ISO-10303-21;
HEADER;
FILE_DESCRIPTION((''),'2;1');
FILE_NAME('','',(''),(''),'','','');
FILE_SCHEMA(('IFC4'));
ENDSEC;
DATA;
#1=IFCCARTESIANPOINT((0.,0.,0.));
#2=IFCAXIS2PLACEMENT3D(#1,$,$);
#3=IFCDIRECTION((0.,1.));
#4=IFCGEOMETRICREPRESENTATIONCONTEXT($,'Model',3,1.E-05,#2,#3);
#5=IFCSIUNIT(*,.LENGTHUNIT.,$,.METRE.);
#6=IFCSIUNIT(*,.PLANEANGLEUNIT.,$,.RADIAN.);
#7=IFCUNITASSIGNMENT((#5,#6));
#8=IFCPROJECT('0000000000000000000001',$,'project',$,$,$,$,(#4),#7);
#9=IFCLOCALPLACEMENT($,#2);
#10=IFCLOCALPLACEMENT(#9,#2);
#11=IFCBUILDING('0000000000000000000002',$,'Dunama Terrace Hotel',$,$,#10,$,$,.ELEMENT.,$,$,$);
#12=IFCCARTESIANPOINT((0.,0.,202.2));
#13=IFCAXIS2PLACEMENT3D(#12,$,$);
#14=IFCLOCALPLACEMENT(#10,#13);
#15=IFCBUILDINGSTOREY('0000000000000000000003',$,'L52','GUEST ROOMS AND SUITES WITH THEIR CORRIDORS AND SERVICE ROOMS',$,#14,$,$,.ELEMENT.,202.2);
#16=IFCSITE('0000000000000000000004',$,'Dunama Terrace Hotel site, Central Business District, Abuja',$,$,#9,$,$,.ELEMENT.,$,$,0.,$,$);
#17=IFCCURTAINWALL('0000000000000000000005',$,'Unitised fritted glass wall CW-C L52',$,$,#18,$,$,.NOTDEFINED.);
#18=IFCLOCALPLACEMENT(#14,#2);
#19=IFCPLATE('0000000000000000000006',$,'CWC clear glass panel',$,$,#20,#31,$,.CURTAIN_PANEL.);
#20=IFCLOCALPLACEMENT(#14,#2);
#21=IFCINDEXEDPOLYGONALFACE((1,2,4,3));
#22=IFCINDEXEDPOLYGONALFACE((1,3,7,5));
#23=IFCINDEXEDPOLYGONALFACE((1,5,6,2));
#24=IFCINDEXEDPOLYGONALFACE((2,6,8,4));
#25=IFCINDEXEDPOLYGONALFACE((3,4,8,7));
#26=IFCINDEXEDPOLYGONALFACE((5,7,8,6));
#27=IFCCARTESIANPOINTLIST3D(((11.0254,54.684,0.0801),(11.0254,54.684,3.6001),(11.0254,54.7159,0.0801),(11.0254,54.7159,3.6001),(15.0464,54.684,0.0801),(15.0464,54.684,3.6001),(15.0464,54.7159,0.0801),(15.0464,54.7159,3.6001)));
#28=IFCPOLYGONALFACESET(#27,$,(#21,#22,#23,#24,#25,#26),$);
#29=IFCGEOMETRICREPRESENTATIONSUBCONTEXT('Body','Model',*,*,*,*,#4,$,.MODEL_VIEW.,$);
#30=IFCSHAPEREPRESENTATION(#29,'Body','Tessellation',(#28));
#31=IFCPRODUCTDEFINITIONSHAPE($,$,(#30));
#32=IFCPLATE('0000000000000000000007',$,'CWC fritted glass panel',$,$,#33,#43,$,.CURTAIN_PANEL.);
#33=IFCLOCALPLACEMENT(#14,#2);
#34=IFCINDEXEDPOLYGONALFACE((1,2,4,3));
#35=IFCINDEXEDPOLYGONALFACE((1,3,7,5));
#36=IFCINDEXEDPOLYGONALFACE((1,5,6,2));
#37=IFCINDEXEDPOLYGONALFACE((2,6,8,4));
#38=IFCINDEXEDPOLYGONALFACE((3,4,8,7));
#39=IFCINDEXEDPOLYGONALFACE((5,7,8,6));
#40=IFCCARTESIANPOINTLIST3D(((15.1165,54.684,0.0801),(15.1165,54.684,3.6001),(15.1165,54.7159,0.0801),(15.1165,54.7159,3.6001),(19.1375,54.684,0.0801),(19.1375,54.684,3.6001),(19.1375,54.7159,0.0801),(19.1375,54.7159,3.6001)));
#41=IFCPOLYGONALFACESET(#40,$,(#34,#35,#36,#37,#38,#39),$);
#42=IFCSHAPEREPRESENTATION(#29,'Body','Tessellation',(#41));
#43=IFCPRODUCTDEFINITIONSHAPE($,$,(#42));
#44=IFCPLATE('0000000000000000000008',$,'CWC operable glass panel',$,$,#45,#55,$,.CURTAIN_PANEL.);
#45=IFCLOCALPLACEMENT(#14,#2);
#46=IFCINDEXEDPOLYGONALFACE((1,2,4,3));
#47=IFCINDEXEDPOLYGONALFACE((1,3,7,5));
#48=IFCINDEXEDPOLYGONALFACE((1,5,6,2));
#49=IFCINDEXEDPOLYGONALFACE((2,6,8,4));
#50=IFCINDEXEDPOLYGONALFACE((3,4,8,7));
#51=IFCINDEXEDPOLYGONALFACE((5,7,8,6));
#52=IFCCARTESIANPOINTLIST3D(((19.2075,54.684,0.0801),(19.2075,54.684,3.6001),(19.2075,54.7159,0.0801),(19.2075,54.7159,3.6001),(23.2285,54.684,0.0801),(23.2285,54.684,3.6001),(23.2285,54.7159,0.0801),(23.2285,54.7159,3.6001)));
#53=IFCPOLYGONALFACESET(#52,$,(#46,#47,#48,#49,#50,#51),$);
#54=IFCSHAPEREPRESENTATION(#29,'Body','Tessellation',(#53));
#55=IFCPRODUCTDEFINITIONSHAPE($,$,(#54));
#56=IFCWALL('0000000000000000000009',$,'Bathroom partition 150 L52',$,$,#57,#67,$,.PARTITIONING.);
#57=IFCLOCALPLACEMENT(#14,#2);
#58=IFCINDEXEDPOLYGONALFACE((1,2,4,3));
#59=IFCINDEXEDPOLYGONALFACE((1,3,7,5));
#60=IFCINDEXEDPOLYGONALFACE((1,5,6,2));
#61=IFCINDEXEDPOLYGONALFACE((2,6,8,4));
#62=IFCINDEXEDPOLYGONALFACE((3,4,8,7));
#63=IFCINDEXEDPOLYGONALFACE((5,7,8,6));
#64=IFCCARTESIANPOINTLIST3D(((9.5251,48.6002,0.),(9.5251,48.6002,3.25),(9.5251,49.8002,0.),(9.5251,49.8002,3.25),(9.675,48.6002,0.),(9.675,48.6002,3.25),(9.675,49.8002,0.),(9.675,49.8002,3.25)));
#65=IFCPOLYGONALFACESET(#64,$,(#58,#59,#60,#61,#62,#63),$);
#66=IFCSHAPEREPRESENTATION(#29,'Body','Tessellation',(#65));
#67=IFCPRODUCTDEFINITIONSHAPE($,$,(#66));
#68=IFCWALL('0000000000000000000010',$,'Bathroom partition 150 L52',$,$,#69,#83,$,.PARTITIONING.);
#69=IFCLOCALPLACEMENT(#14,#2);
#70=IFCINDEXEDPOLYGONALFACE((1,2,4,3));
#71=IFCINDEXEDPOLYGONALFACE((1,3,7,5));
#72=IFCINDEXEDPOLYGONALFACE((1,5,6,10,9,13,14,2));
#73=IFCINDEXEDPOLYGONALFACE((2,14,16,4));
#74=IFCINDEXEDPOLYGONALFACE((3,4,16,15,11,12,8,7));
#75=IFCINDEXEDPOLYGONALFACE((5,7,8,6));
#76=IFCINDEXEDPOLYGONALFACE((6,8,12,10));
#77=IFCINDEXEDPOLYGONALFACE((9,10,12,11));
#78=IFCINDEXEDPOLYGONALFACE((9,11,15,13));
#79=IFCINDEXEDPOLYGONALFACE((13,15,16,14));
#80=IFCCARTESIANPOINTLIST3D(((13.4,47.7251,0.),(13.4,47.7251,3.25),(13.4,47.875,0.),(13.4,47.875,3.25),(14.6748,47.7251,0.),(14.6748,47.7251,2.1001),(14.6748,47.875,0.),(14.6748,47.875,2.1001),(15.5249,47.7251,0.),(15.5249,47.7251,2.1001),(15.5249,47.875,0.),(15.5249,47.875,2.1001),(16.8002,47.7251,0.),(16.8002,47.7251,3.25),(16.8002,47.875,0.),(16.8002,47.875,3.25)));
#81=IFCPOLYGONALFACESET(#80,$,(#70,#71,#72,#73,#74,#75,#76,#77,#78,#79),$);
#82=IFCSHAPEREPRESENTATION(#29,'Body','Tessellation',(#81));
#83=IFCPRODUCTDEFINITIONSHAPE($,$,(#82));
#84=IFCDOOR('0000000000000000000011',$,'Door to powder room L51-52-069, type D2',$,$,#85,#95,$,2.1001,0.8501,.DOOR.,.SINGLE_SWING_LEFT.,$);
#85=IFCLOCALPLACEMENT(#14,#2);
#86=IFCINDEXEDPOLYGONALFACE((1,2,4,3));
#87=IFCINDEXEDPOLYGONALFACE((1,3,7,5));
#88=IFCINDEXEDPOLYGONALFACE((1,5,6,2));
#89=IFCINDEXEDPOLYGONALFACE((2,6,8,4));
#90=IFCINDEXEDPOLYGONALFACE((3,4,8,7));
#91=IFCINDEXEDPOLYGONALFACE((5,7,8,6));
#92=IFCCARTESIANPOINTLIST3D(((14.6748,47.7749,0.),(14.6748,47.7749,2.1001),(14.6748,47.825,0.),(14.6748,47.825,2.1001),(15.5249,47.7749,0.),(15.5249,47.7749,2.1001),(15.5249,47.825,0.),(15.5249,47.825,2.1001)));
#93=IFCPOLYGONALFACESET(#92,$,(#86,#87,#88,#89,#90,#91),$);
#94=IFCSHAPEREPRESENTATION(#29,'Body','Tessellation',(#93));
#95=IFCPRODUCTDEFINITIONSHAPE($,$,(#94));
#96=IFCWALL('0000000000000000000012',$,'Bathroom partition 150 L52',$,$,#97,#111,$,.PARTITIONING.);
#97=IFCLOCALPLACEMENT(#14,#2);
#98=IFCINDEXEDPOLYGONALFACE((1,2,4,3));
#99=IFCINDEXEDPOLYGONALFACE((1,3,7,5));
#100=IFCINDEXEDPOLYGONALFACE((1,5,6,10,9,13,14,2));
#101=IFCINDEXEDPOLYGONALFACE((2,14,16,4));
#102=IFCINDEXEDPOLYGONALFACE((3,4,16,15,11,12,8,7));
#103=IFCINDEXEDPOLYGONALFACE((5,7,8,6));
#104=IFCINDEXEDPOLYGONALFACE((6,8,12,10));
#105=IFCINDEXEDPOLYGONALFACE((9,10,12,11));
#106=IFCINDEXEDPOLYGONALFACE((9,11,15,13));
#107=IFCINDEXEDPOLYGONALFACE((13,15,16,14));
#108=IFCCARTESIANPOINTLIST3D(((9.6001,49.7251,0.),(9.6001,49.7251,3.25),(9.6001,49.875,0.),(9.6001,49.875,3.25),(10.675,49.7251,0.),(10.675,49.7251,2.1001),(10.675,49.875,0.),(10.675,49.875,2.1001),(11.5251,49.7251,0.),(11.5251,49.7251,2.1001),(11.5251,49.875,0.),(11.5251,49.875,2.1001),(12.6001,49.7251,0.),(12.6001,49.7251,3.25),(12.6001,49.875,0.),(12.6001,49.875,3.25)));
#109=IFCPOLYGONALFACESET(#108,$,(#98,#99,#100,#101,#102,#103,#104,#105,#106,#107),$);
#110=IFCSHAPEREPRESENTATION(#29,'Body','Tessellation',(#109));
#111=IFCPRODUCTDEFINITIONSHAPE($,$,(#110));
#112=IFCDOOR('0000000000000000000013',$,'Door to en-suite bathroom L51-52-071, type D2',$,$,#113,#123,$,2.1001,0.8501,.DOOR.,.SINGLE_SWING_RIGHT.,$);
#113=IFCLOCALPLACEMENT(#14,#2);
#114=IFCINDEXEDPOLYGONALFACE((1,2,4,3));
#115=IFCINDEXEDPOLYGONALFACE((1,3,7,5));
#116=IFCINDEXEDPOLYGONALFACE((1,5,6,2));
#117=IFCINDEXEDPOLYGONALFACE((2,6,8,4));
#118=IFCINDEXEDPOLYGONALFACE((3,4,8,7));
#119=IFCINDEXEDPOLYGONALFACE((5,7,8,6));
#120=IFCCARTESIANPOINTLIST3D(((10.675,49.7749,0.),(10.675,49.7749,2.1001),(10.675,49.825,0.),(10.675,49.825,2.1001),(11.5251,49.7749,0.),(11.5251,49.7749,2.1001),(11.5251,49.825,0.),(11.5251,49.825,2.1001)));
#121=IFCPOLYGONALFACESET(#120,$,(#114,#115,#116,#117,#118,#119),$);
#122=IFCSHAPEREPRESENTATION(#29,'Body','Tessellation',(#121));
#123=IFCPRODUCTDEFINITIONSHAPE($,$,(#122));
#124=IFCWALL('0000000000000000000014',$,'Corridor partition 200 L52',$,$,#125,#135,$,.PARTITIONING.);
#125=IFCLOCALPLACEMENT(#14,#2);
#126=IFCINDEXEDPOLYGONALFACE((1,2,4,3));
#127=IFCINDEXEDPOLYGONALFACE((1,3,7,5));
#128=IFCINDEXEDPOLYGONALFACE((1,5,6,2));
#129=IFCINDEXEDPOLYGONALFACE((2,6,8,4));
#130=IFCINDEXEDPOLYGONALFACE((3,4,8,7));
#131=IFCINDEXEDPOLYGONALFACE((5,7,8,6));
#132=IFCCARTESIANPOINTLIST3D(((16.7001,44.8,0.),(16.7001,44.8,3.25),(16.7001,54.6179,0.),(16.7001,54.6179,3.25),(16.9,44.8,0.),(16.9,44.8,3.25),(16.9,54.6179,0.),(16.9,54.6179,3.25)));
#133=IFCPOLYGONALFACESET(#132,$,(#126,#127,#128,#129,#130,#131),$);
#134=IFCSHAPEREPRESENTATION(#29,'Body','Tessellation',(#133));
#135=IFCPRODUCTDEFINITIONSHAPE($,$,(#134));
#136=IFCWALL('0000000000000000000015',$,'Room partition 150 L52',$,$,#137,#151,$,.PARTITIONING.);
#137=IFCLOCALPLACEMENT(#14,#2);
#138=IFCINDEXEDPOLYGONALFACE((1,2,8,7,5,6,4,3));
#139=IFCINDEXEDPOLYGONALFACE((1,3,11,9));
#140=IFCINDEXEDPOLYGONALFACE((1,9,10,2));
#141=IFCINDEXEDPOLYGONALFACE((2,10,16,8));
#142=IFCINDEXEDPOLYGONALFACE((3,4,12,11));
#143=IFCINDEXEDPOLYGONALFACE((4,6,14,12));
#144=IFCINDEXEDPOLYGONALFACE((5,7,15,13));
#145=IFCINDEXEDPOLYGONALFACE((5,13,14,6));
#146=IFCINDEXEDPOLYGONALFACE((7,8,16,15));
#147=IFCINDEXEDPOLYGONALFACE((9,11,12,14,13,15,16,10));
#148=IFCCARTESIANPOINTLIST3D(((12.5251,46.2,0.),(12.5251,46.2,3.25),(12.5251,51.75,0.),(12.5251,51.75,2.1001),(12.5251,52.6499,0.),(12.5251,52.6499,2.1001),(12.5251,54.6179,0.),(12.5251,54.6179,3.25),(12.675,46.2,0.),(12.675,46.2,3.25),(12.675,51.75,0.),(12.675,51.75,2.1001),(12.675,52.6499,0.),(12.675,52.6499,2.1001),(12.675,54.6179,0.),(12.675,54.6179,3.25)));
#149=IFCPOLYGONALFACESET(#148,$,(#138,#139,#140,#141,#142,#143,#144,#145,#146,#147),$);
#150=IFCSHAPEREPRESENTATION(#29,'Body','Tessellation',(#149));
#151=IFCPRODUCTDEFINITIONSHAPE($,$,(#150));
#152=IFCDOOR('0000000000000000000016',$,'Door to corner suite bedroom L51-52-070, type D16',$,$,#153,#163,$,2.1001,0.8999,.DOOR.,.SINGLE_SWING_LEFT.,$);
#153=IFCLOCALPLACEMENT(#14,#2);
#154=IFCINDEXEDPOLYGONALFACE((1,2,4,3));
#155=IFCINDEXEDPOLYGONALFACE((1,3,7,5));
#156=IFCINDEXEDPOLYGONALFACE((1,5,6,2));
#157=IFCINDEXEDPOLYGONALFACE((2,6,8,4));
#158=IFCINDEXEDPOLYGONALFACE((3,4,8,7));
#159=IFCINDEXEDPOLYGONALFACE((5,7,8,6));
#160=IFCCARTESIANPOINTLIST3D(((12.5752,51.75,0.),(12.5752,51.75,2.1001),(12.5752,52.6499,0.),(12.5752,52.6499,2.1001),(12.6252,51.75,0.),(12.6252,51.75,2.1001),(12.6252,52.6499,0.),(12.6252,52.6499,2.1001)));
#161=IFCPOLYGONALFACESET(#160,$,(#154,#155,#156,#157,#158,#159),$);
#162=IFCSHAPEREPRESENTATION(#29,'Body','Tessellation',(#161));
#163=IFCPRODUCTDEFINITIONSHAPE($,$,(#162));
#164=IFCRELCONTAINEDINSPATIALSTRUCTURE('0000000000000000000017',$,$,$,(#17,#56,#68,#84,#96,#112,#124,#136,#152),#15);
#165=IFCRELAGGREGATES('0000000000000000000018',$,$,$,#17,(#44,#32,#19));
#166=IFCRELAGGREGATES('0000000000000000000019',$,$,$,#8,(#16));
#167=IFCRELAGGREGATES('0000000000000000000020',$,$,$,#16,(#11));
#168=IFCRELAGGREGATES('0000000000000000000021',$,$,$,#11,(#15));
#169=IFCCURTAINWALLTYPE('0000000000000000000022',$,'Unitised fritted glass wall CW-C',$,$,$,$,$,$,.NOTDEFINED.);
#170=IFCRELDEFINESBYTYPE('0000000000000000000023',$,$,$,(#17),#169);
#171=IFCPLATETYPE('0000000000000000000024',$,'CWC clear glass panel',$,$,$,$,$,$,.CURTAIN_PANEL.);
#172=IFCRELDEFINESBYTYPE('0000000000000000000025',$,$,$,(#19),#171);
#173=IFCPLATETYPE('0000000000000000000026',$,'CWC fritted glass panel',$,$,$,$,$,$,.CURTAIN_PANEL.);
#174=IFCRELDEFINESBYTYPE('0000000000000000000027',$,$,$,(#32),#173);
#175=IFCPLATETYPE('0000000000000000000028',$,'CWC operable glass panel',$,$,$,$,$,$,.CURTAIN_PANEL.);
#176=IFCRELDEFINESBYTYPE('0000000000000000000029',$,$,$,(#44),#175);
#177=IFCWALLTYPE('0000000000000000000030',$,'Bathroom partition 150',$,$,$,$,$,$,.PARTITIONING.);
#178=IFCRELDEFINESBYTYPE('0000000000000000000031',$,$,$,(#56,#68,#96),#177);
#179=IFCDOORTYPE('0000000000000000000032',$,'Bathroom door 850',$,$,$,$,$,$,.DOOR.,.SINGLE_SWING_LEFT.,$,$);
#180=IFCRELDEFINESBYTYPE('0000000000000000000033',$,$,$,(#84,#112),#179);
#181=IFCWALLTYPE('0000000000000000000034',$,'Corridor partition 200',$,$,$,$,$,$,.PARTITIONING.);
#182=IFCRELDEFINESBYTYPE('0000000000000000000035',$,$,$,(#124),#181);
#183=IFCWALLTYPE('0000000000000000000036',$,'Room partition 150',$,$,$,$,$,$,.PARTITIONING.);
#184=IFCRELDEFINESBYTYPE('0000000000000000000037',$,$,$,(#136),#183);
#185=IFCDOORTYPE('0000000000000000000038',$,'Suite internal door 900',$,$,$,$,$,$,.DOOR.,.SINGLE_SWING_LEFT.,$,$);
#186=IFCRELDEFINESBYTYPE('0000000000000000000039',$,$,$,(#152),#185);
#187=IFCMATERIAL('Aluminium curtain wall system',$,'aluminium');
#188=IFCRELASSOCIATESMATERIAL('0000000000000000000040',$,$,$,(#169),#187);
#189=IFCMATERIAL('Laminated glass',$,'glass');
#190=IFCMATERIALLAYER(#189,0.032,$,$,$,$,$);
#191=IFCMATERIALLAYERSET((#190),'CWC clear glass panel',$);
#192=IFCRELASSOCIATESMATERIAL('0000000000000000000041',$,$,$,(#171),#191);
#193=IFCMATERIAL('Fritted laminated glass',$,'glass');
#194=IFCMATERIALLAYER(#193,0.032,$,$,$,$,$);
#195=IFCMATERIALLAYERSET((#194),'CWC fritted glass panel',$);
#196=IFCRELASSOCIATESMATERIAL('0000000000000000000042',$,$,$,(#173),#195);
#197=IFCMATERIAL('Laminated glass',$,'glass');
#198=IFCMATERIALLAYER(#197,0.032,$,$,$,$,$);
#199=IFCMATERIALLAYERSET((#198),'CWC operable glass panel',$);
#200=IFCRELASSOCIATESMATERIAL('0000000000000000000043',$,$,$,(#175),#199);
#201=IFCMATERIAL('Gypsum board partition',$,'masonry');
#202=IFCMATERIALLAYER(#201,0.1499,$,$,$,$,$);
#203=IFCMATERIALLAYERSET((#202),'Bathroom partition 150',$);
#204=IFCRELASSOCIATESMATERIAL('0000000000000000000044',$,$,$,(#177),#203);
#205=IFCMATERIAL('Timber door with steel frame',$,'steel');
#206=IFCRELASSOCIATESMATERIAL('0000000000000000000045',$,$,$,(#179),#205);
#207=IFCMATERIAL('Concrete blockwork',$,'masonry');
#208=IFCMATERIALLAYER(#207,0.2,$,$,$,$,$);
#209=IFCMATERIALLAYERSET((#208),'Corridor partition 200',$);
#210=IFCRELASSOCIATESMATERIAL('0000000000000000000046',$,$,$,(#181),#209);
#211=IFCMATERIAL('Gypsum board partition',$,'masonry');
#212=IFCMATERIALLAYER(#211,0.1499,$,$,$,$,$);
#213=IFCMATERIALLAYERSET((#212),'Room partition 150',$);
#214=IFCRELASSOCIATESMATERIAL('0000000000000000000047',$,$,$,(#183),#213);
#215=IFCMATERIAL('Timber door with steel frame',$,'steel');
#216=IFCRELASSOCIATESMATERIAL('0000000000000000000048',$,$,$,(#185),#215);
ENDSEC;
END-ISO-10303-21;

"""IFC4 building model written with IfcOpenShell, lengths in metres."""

from ifc_helpers import new_model, si_unit, direction, frame, frame_2d, origin, origin_2d, place, context, subcontext, project, spatial, rectangle, extrude, material, layer, layer_set, type_object, element, fill, aggregate, save


model = new_model("IFC4")

# Units and contexts
model_context = context("Model", 3, precision=1e-05, world=origin(), true_north=direction((0.0, 1.0)))
body_context = subcontext(model_context, "Body", "Model", "MODEL_VIEW")
ifc_project = project(units=[si_unit("LENGTHUNIT", "METRE"), si_unit("PLANEANGLEUNIT", "RADIAN")], contexts=[model_context])

# Site, building, storey
site_placement = place(None, origin())
site = spatial("IfcSite", under=ifc_project, at=site_placement, Name="Dunama Terrace Hotel site, Central Business District, Abuja", CompositionType="ELEMENT", RefElevation=0.0)
building_placement = place(site_placement, origin())
building = spatial("IfcBuilding", under=site, at=building_placement, Name="Dunama Terrace Hotel", CompositionType="ELEMENT")
storey_placement = place(building_placement, frame((0.0, 0.0, 202.2)))
storey = spatial("IfcBuildingStorey", under=building, at=storey_placement, Name="L52", Description="GUEST ROOMS AND SUITES WITH THEIR CORRIDORS AND SERVICE ROOMS", CompositionType="ELEMENT", Elevation=202.2)

# Curtain wall
ifc_material_1 = material(Name="Aluminium curtain wall system", Category="aluminium")
curtain_wall_type = type_object("IfcCurtainWallType", Name="Unitised fritted glass wall CW-C", PredefinedType="NOTDEFINED", material=ifc_material_1)
curtain_wall_placement = place(storey_placement, origin())
curtain_wall = element("IfcCurtainWall", 1, at=curtain_wall_placement, inside=storey, type_object=curtain_wall_type, Name="Unitised fritted glass wall CW-C L52", PredefinedType="NOTDEFINED")

# Plates
ifc_material_2 = material(Name="Laminated glass", Category="glass")
ifc_layer_1 = layer(ifc_material_2, 0.032)
ifc_layer_set_1 = layer_set([ifc_layer_1], Name="CWC clear glass panel")
plate_type_1 = type_object("IfcPlateType", Name="CWC clear glass panel", PredefinedType="CURTAIN_PANEL", material=ifc_layer_set_1)
plate_1_placement = place(storey_placement, frame((13.0359, 54.7, 0.0801), z_axis=(0.0, 0.0, 1.0), x_axis=(-1.0, 0.0, 0.0)))
plate_1 = element("IfcPlate", 2, at=plate_1_placement, type_object=plate_type_1, Name="CWC clear glass panel", PredefinedType="CURTAIN_PANEL", context=body_context, shape_type="SweptSolid", body=[
    extrude(rectangle(XDim=4.021, YDim=0.032, at=origin_2d()), origin(), (0.0, 0.0, 1.0), 3.52),
])
ifc_material_3 = material(Name="Fritted laminated glass", Category="glass")
ifc_layer_2 = layer(ifc_material_3, 0.032)
ifc_layer_set_2 = layer_set([ifc_layer_2], Name="CWC fritted glass panel")
plate_type_2 = type_object("IfcPlateType", Name="CWC fritted glass panel", PredefinedType="CURTAIN_PANEL", material=ifc_layer_set_2)
plate_2_placement = place(storey_placement, frame((17.127, 54.7, 0.0801), z_axis=(0.0, 0.0, 1.0), x_axis=(-1.0, 0.0, 0.0)))
plate_2 = element("IfcPlate", 3, at=plate_2_placement, type_object=plate_type_2, Name="CWC fritted glass panel", PredefinedType="CURTAIN_PANEL", context=body_context, shape_type="SweptSolid", body=[
    extrude(rectangle(XDim=4.021, YDim=0.032, at=origin_2d()), origin(), (0.0, 0.0, 1.0), 3.52),
])
ifc_material_4 = material(Name="Laminated glass", Category="glass")
ifc_layer_3 = layer(ifc_material_4, 0.032)
ifc_layer_set_3 = layer_set([ifc_layer_3], Name="CWC operable glass panel")
plate_type_3 = type_object("IfcPlateType", Name="CWC operable glass panel", PredefinedType="CURTAIN_PANEL", material=ifc_layer_set_3)
plate_3_placement = place(storey_placement, frame((21.218, 54.7, 0.0801), z_axis=(0.0, 0.0, 1.0), x_axis=(-1.0, 0.0, 0.0)))
plate_3 = element("IfcPlate", 4, at=plate_3_placement, type_object=plate_type_3, Name="CWC operable glass panel", PredefinedType="CURTAIN_PANEL", context=body_context, shape_type="SweptSolid", body=[
    extrude(rectangle(XDim=4.021, YDim=0.032, at=origin_2d()), origin(), (0.0, 0.0, 1.0), 3.52),
])
aggregate(curtain_wall, [plate_3, plate_2, plate_1])

# Wall
ifc_material_5 = material(Name="Gypsum board partition", Category="masonry")
ifc_layer_4 = layer(ifc_material_5, 0.1499)
ifc_layer_set_4 = layer_set([ifc_layer_4], Name="Bathroom partition 150")
wall_type_1 = type_object("IfcWallType", Name="Bathroom partition 150", PredefinedType="PARTITIONING", material=ifc_layer_set_4)
wall_1_placement = place(storey_placement, frame((9.6001, 48.6001, 0.0), z_axis=(0.0, 0.0, 1.0), x_axis=(0.0, 1.0, 0.0)))
element("IfcWall", 5, at=wall_1_placement, inside=storey, type_object=wall_type_1, Name="Bathroom partition 150 L52", PredefinedType="PARTITIONING", context=body_context, shape_type="SweptSolid", body=[
    extrude(rectangle(XDim=1.2, YDim=0.1499, at=frame_2d((0.6001, 0.0))), origin(), (0.0, 0.0, 1.0), 3.25),
])

# Walls, openings, doors
wall_2_placement = place(storey_placement, frame((13.3999, 47.8, 0.0), z_axis=(0.0, 0.0, 1.0), x_axis=(1.0, 0.0, 0.0)))
wall_2 = element("IfcWall", 6, at=wall_2_placement, inside=storey, type_object=wall_type_1, Name="Bathroom partition 150 L52", PredefinedType="PARTITIONING", context=body_context, shape_type="SweptSolid", body=[
    extrude(rectangle(XDim=3.4001, YDim=0.1499, at=frame_2d((1.7002, 0.0))), origin(), (0.0, 0.0, 1.0), 3.25),
])
opening_1_placement = place(wall_2_placement, frame((1.2749, 0.0, 0.0)))
opening_1 = element("IfcOpeningElement", 7, at=opening_1_placement, cuts=wall_2, PredefinedType="OPENING", context=body_context, shape_type="SweptSolid", body=[
    extrude(rectangle(XDim=0.8501, YDim=2.1001, at=frame_2d((0.425, 1.05))), frame((0.0, 0.085, 0.0), z_axis=(0.0, -1.0, 0.0), x_axis=(1.0, 0.0, 0.0)), (0.0, 0.0, 1.0), 0.1699),
])
ifc_material_6 = material(Name="Timber door with steel frame", Category="steel")
door_type_1 = type_object("IfcDoorType", Name="Bathroom door 850", OperationType="SINGLE_SWING_LEFT", PredefinedType="DOOR", material=ifc_material_6)
door_1_placement = place(opening_1_placement, frame((0.8501, 0.0, 0.0), z_axis=(0.0, 0.0, 1.0), x_axis=(-1.0, 0.0, 0.0)))
door_1 = element("IfcDoor", 8, at=door_1_placement, inside=storey, type_object=door_type_1, Name="Door to powder room L51-52-069, type D2", OperationType="SINGLE_SWING_LEFT", OverallHeight=2.1001, OverallWidth=0.8501, PredefinedType="DOOR", context=body_context, shape_type="SweptSolid", body=[
    extrude(rectangle(XDim=0.8501, YDim=2.1001, at=frame_2d((0.425, 1.05))), frame((0.0, 0.0251, 0.0), z_axis=(0.0, -1.0, 0.0), x_axis=(1.0, 0.0, 0.0)), (0.0, 0.0, 1.0), 0.05),
])
fill(opening_1, door_1)
wall_3_placement = place(storey_placement, frame((9.6001, 49.8, 0.0), z_axis=(0.0, 0.0, 1.0), x_axis=(1.0, 0.0, 0.0)))
wall_3 = element("IfcWall", 9, at=wall_3_placement, inside=storey, type_object=wall_type_1, Name="Bathroom partition 150 L52", PredefinedType="PARTITIONING", context=body_context, shape_type="SweptSolid", body=[
    extrude(rectangle(XDim=3.0, YDim=0.1499, at=frame_2d((1.5, 0.0))), origin(), (0.0, 0.0, 1.0), 3.25),
])
opening_2_placement = place(wall_3_placement, frame((1.075, 0.0, 0.0)))
opening_2 = element("IfcOpeningElement", 10, at=opening_2_placement, cuts=wall_3, PredefinedType="OPENING", context=body_context, shape_type="SweptSolid", body=[
    extrude(rectangle(XDim=0.8501, YDim=2.1001, at=frame_2d((0.425, 1.05))), frame((0.0, 0.085, 0.0), z_axis=(0.0, -1.0, 0.0), x_axis=(1.0, 0.0, 0.0)), (0.0, 0.0, 1.0), 0.1699),
])
door_2_placement = place(opening_2_placement, frame((0.8501, 0.0, 0.0), z_axis=(0.0, 0.0, 1.0), x_axis=(-1.0, 0.0, 0.0)))
door_2 = element("IfcDoor", 11, at=door_2_placement, inside=storey, type_object=door_type_1, Name="Door to en-suite bathroom L51-52-071, type D2", OperationType="SINGLE_SWING_RIGHT", OverallHeight=2.1001, OverallWidth=0.8501, PredefinedType="DOOR", context=body_context, shape_type="SweptSolid", body=[
    extrude(rectangle(XDim=0.8501, YDim=2.1001, at=frame_2d((0.425, 1.05))), frame((0.0, 0.0251, 0.0), z_axis=(0.0, -1.0, 0.0), x_axis=(1.0, 0.0, 0.0)), (0.0, 0.0, 1.0), 0.05),
])
fill(opening_2, door_2)

# Wall
ifc_material_7 = material(Name="Concrete blockwork", Category="masonry")
ifc_layer_5 = layer(ifc_material_7, 0.2)
ifc_layer_set_5 = layer_set([ifc_layer_5], Name="Corridor partition 200")
wall_type_2 = type_object("IfcWallType", Name="Corridor partition 200", PredefinedType="PARTITIONING", material=ifc_layer_set_5)
wall_4_placement = place(storey_placement, frame((16.8, 44.8, 0.0), z_axis=(0.0, 0.0, 1.0), x_axis=(0.0, 1.0, 0.0)))
element("IfcWall", 12, at=wall_4_placement, inside=storey, type_object=wall_type_2, Name="Corridor partition 200 L52", PredefinedType="PARTITIONING", context=body_context, shape_type="SweptSolid", body=[
    extrude(rectangle(XDim=9.8179, YDim=0.2, at=frame_2d((4.9089, 0.0))), origin(), (0.0, 0.0, 1.0), 3.25),
])

# Wall, opening, door
ifc_material_8 = material(Name="Gypsum board partition", Category="masonry")
ifc_layer_6 = layer(ifc_material_8, 0.1499)
ifc_layer_set_6 = layer_set([ifc_layer_6], Name="Room partition 150")
wall_type_3 = type_object("IfcWallType", Name="Room partition 150", PredefinedType="PARTITIONING", material=ifc_layer_set_6)
wall_5_placement = place(storey_placement, frame((12.6001, 46.2, 0.0), z_axis=(0.0, 0.0, 1.0), x_axis=(0.0, 1.0, 0.0)))
wall_5 = element("IfcWall", 13, at=wall_5_placement, inside=storey, type_object=wall_type_3, Name="Room partition 150 L52", PredefinedType="PARTITIONING", context=body_context, shape_type="SweptSolid", body=[
    extrude(rectangle(XDim=8.418, YDim=0.1499, at=frame_2d((4.209, 0.0))), origin(), (0.0, 0.0, 1.0), 3.25),
])
opening_3_placement = place(wall_5_placement, frame((5.55, 0.0, 0.0)))
opening_3 = element("IfcOpeningElement", 14, at=opening_3_placement, cuts=wall_5, PredefinedType="OPENING", context=body_context, shape_type="SweptSolid", body=[
    extrude(rectangle(XDim=0.8999, YDim=2.1001, at=frame_2d((0.45, 1.05))), frame((0.0, 0.085, 0.0), z_axis=(0.0, -1.0, 0.0), x_axis=(1.0, 0.0, 0.0)), (0.0, 0.0, 1.0), 0.1699),
])
ifc_material_9 = material(Name="Timber door with steel frame", Category="steel")
door_type_2 = type_object("IfcDoorType", Name="Suite internal door 900", OperationType="SINGLE_SWING_LEFT", PredefinedType="DOOR", material=ifc_material_9)
door_3_placement = place(opening_3_placement, origin())
door_3 = element("IfcDoor", 15, at=door_3_placement, inside=storey, type_object=door_type_2, Name="Door to corner suite bedroom L51-52-070, type D16", OperationType="SINGLE_SWING_LEFT", OverallHeight=2.1001, OverallWidth=0.8999, PredefinedType="DOOR", context=body_context, shape_type="SweptSolid", body=[
    extrude(rectangle(XDim=0.8999, YDim=2.1001, at=frame_2d((0.45, 1.05))), frame((0.0, 0.0249, 0.0), z_axis=(0.0, -1.0, 0.0), x_axis=(1.0, 0.0, 0.0)), (0.0, 0.0, 1.0), 0.05),
])
fill(opening_3, door_3)

save(model, "model.ifc")
